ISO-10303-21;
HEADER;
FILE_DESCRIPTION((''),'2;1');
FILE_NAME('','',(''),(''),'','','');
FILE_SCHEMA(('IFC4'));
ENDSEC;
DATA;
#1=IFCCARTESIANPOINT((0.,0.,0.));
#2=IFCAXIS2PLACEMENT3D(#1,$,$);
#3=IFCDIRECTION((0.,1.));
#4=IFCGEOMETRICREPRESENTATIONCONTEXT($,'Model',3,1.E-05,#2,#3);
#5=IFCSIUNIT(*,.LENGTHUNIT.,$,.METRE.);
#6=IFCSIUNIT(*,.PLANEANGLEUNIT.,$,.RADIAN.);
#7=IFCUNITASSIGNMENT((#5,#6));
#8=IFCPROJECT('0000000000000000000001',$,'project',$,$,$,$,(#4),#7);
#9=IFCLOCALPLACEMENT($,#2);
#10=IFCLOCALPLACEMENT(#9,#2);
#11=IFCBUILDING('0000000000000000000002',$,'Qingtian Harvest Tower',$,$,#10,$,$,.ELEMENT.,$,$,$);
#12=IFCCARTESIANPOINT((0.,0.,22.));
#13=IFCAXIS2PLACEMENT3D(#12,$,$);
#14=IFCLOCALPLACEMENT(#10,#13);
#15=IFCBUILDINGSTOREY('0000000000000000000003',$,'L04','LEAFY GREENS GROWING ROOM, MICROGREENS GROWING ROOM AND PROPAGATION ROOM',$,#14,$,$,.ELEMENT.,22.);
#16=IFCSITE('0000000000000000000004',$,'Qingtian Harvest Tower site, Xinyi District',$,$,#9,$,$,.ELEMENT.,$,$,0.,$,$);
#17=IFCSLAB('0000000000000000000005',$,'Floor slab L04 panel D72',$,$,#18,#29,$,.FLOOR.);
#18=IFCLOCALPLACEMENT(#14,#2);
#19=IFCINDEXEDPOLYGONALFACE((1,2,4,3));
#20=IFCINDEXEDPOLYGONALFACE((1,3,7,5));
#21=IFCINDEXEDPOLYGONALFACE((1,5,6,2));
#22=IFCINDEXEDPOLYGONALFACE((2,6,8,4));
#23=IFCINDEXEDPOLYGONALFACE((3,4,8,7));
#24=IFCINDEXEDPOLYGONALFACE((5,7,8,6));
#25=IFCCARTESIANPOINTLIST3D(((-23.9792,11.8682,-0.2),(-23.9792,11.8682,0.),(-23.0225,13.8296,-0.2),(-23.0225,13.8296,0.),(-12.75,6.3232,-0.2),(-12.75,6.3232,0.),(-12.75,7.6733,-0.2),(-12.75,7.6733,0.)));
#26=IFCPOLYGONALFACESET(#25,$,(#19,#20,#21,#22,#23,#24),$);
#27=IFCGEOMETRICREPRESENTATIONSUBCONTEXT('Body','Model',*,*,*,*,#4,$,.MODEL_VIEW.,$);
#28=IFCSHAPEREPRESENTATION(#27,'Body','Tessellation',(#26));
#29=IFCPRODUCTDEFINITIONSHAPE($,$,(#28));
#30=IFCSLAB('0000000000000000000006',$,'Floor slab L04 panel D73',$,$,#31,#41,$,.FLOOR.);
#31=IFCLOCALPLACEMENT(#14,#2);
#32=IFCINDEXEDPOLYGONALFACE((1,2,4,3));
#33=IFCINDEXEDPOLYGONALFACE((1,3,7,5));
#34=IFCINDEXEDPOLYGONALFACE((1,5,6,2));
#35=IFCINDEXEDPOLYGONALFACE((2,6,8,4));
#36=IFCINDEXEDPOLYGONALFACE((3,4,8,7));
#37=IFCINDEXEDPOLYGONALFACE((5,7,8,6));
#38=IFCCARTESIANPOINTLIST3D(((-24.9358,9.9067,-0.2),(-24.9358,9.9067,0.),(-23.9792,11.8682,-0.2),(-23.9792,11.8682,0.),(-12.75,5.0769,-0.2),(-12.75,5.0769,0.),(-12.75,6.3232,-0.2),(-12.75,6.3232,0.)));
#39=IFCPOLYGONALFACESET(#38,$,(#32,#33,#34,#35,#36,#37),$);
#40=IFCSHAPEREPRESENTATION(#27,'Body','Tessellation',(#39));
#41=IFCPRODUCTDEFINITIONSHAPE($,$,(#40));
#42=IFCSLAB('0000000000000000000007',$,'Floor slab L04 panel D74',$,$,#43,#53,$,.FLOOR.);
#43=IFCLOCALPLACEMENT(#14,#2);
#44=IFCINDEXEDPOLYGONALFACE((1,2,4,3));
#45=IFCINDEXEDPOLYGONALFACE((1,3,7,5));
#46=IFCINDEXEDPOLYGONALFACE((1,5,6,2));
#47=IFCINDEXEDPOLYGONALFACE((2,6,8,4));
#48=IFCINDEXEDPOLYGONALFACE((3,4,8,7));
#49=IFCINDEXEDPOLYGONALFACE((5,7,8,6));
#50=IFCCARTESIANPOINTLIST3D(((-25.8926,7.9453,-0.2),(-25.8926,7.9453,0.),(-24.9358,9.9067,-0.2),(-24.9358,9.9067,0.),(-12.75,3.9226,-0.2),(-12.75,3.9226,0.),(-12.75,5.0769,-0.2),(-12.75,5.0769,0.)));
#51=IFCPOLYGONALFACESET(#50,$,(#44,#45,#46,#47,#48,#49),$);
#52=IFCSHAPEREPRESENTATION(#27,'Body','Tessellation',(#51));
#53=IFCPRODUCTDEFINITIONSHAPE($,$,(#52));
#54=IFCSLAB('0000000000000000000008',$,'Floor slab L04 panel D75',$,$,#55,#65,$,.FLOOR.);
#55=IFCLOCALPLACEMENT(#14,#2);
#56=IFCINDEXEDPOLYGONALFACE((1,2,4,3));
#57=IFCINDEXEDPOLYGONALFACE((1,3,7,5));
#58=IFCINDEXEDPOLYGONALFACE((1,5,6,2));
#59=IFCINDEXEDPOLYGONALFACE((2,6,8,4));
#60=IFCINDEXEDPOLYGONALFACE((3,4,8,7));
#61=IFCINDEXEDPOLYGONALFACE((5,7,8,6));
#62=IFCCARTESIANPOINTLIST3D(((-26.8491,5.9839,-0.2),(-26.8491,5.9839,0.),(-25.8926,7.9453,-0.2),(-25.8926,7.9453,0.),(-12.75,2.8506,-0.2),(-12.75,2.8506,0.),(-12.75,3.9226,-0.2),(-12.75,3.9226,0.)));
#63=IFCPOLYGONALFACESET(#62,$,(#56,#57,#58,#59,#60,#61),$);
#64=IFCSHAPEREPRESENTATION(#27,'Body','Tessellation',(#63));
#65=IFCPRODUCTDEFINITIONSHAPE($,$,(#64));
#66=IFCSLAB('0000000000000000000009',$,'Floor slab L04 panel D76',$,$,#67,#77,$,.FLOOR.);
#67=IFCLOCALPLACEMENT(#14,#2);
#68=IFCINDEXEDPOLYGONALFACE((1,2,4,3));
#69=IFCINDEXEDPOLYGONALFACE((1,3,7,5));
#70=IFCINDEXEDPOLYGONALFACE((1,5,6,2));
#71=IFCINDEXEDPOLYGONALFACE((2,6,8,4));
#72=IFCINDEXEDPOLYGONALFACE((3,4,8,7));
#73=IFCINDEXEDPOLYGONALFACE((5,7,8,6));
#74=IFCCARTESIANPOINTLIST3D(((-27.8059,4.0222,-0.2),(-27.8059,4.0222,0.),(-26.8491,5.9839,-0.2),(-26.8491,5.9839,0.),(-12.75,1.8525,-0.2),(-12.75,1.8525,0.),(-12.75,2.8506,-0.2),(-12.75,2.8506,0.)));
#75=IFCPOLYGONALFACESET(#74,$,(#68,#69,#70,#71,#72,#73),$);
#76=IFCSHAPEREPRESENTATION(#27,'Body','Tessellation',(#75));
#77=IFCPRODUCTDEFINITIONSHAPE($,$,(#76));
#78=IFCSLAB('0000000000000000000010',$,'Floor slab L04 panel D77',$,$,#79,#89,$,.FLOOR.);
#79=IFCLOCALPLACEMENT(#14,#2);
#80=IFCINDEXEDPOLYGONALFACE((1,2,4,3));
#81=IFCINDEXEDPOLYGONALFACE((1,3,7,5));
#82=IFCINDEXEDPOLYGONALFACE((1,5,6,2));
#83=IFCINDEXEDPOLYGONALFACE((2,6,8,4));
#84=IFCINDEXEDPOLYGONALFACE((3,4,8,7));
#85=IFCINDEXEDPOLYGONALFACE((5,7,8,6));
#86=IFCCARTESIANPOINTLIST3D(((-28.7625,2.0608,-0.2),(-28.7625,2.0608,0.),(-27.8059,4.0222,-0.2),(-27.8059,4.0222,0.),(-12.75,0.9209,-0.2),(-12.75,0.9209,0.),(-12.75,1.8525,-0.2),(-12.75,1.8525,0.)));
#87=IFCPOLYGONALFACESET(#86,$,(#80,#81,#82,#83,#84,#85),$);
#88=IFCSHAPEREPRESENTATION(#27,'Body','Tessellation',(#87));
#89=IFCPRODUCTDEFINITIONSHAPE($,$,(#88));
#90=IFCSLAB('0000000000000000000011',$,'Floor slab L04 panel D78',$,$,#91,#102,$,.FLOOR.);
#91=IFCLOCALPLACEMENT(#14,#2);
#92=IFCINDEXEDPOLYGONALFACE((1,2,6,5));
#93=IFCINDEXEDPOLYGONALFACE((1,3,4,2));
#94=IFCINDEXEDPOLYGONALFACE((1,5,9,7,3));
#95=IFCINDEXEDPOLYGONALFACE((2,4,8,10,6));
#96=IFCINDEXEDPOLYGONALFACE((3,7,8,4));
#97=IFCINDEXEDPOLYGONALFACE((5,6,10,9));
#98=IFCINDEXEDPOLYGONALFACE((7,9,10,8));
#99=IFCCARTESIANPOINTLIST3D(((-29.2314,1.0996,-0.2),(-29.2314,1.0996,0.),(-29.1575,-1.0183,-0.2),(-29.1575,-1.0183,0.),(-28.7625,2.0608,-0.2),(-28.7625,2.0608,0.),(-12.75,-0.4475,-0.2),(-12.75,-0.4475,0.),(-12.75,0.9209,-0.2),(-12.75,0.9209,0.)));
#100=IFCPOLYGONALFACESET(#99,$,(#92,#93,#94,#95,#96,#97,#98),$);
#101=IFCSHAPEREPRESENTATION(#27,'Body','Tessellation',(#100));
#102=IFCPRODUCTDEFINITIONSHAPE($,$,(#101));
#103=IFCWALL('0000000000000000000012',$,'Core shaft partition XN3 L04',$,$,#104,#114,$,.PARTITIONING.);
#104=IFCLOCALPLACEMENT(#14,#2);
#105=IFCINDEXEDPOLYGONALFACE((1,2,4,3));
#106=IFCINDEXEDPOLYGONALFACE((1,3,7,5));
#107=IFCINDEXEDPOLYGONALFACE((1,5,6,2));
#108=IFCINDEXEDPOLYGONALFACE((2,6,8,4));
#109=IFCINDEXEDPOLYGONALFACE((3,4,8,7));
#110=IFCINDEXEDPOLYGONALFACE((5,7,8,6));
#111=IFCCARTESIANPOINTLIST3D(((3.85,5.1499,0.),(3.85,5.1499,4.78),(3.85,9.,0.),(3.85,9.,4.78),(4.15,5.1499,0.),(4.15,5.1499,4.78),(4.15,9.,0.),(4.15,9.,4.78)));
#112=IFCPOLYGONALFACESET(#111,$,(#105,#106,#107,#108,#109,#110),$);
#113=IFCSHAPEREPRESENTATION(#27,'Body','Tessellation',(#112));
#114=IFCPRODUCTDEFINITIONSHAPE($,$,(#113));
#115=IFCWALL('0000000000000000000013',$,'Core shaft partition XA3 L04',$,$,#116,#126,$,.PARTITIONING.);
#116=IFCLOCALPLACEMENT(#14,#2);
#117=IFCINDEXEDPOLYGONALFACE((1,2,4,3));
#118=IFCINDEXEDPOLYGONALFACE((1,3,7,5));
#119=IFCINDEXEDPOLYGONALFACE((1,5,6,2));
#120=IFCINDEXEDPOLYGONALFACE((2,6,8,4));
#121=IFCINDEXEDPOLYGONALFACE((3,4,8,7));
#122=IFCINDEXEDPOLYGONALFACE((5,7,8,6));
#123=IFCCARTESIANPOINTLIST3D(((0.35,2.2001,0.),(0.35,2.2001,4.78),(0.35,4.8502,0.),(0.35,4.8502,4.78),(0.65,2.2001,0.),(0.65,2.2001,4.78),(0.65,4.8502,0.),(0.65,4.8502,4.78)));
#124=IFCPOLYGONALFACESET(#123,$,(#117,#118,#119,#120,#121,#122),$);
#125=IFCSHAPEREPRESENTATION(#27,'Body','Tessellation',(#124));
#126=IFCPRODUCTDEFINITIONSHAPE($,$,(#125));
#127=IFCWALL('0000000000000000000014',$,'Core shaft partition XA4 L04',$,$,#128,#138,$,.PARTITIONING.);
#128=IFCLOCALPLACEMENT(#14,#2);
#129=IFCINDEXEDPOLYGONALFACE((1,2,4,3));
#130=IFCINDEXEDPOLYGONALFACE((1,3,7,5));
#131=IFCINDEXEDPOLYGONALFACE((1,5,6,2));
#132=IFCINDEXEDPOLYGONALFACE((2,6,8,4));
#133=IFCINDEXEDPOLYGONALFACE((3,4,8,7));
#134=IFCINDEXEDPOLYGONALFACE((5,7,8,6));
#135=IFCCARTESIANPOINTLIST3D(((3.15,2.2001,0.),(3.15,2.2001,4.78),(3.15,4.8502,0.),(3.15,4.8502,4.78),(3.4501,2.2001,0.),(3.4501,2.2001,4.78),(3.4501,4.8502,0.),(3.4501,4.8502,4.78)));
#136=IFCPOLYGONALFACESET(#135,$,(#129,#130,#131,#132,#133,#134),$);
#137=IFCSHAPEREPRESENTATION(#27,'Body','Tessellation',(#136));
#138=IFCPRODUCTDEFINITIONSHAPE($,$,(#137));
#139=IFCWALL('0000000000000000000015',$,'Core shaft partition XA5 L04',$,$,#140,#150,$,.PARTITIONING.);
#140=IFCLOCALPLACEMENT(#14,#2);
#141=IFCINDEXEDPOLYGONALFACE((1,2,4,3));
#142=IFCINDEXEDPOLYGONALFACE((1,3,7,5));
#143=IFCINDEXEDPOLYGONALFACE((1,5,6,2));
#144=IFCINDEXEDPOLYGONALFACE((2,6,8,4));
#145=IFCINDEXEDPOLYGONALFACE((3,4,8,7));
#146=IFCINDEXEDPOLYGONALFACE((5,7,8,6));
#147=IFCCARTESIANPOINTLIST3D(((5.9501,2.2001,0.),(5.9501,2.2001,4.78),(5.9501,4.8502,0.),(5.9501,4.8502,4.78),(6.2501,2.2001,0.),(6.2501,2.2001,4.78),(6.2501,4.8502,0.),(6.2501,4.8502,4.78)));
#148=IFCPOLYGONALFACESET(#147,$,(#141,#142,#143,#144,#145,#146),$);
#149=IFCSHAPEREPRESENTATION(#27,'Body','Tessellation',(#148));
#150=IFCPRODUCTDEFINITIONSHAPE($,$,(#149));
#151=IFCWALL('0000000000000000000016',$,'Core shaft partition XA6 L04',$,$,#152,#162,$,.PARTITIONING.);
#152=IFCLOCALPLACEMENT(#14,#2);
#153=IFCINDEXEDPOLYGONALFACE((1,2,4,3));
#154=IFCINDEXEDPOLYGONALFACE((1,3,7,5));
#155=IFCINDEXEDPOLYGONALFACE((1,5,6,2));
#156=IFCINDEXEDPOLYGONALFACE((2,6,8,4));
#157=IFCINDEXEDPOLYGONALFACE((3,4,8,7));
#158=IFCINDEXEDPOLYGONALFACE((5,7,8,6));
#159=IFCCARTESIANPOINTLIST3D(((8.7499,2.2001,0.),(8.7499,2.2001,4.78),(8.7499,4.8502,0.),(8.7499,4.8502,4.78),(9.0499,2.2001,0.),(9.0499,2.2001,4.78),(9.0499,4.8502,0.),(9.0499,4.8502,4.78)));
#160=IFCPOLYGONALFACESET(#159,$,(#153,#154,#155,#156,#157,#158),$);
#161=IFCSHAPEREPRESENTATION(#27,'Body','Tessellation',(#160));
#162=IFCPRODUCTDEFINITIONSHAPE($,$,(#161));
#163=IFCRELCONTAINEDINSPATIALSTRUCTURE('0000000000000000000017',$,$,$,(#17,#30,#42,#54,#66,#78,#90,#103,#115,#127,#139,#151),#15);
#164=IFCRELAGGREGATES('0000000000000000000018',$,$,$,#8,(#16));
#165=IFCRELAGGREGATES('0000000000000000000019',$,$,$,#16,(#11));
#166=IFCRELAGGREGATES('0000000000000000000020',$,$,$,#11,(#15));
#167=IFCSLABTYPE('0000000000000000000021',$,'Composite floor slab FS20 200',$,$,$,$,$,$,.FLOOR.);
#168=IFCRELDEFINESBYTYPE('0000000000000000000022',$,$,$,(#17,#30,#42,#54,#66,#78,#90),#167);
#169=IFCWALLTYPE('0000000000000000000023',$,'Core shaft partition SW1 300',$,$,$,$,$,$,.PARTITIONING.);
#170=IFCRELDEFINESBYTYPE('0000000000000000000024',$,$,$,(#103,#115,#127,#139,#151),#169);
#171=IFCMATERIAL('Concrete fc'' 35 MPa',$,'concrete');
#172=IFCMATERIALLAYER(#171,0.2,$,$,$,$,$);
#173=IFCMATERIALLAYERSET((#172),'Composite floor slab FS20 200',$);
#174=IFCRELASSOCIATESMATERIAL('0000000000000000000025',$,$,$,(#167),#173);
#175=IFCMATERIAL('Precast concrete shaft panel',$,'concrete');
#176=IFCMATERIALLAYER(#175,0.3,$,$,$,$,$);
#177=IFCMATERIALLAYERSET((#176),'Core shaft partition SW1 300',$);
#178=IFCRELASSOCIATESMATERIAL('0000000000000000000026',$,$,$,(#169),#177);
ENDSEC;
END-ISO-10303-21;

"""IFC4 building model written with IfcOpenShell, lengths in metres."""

from ifc_helpers import new_model, si_unit, direction, frame, frame_2d, origin, place, context, subcontext, project, spatial, polyline, rectangle, outline, extrude, material, layer, layer_set, type_object, element, save


model = new_model("IFC4")

# Units and contexts
model_context = context("Model", 3, precision=1e-05, world=origin(), true_north=direction((0.0, 1.0)))
body_context = subcontext(model_context, "Body", "Model", "MODEL_VIEW")
ifc_project = project(units=[si_unit("LENGTHUNIT", "METRE"), si_unit("PLANEANGLEUNIT", "RADIAN")], contexts=[model_context])

# Site, building, storey
site_placement = place(None, origin())
site = spatial("IfcSite", under=ifc_project, at=site_placement, Name="Qingtian Harvest Tower site, Xinyi District", CompositionType="ELEMENT", RefElevation=0.0)
building_placement = place(site_placement, origin())
building = spatial("IfcBuilding", under=site, at=building_placement, Name="Qingtian Harvest Tower", CompositionType="ELEMENT")
storey_placement = place(building_placement, frame((0.0, 0.0, 22.0)))
storey = spatial("IfcBuildingStorey", under=building, at=storey_placement, Name="L04", Description="LEAFY GREENS GROWING ROOM, MICROGREENS GROWING ROOM AND PROPAGATION ROOM", CompositionType="ELEMENT", Elevation=22.0)

# Slabs
ifc_material_1 = material(Name="Concrete fc' 35 MPa", Category="concrete")
ifc_layer_1 = layer(ifc_material_1, 0.2)
ifc_layer_set_1 = layer_set([ifc_layer_1], Name="Composite floor slab FS20 200")
slab_type = type_object("IfcSlabType", Name="Composite floor slab FS20 200", PredefinedType="FLOOR", material=ifc_layer_set_1)
slab_1_placement = place(storey_placement, frame((0.0, 0.0, -0.2)))
element("IfcSlab", 1, at=slab_1_placement, inside=storey, type_object=slab_type, Name="Floor slab L04 panel D72", PredefinedType="FLOOR", context=body_context, shape_type="SweptSolid", body=[
    extrude(outline(polyline([(-12.75, 6.3232), (-23.9792, 11.8682), (-23.0225, 13.8296), (-12.75, 7.6733), (-12.75, 6.3232)])), origin(), (0.0, 0.0, 1.0), 0.2),
])
slab_2_placement = place(storey_placement, frame((0.0, 0.0, -0.2)))
element("IfcSlab", 2, at=slab_2_placement, inside=storey, type_object=slab_type, Name="Floor slab L04 panel D73", PredefinedType="FLOOR", context=body_context, shape_type="SweptSolid", body=[
    extrude(outline(polyline([(-12.75, 5.0769), (-24.9358, 9.9067), (-23.9792, 11.8682), (-12.75, 6.3232), (-12.75, 5.0769)])), origin(), (0.0, 0.0, 1.0), 0.2),
])
slab_3_placement = place(storey_placement, frame((0.0, 0.0, -0.2)))
element("IfcSlab", 3, at=slab_3_placement, inside=storey, type_object=slab_type, Name="Floor slab L04 panel D74", PredefinedType="FLOOR", context=body_context, shape_type="SweptSolid", body=[
    extrude(outline(polyline([(-12.75, 3.9226), (-25.8926, 7.9453), (-24.9358, 9.9067), (-12.75, 5.0769), (-12.75, 3.9226)])), origin(), (0.0, 0.0, 1.0), 0.2),
])
slab_4_placement = place(storey_placement, frame((0.0, 0.0, -0.2)))
element("IfcSlab", 4, at=slab_4_placement, inside=storey, type_object=slab_type, Name="Floor slab L04 panel D75", PredefinedType="FLOOR", context=body_context, shape_type="SweptSolid", body=[
    extrude(outline(polyline([(-12.75, 2.8506), (-26.8491, 5.9839), (-25.8926, 7.9453), (-12.75, 3.9226), (-12.75, 2.8506)])), origin(), (0.0, 0.0, 1.0), 0.2),
])
slab_5_placement = place(storey_placement, frame((0.0, 0.0, -0.2)))
element("IfcSlab", 5, at=slab_5_placement, inside=storey, type_object=slab_type, Name="Floor slab L04 panel D76", PredefinedType="FLOOR", context=body_context, shape_type="SweptSolid", body=[
    extrude(outline(polyline([(-12.75, 1.8525), (-27.8059, 4.0222), (-26.8491, 5.9839), (-12.75, 2.8506), (-12.75, 1.8525)])), origin(), (0.0, 0.0, 1.0), 0.2),
])
slab_6_placement = place(storey_placement, frame((0.0, 0.0, -0.2)))
element("IfcSlab", 6, at=slab_6_placement, inside=storey, type_object=slab_type, Name="Floor slab L04 panel D77", PredefinedType="FLOOR", context=body_context, shape_type="SweptSolid", body=[
    extrude(outline(polyline([(-12.75, 0.9209), (-28.7625, 2.0608), (-27.8059, 4.0222), (-12.75, 1.8525), (-12.75, 0.9209)])), origin(), (0.0, 0.0, 1.0), 0.2),
])
slab_7_placement = place(storey_placement, frame((0.0, 0.0, -0.2)))
element("IfcSlab", 7, at=slab_7_placement, inside=storey, type_object=slab_type, Name="Floor slab L04 panel D78", PredefinedType="FLOOR", context=body_context, shape_type="SweptSolid", body=[
    extrude(outline(polyline([(-12.75, 0.9209), (-12.75, -0.4475), (-29.1575, -1.0183), (-29.2314, 1.0996), (-28.7625, 2.0608), (-12.75, 0.9209)])), origin(), (0.0, 0.0, 1.0), 0.2),
])

# Shared definitions
ifc_material_2 = material(Name="Precast concrete shaft panel", Category="concrete")
ifc_layer_2 = layer(ifc_material_2, 0.3)
ifc_layer_set_2 = layer_set([ifc_layer_2], Name="Core shaft partition SW1 300")
wall_type_1 = type_object("IfcWallType", Name="Core shaft partition SW1 300", PredefinedType="PARTITIONING", material=ifc_layer_set_2)

# Walls
wall_1_placement = place(storey_placement, frame((4.0, 5.1499, 0.0), z_axis=(0.0, 0.0, 1.0), x_axis=(0.0, 1.0, 0.0)))
element("IfcWall", 8, at=wall_1_placement, inside=storey, type_object=wall_type_1, Name="Core shaft partition XN3 L04", PredefinedType="PARTITIONING", context=body_context, shape_type="SweptSolid", body=[
    extrude(rectangle(XDim=3.8501, YDim=0.3, at=frame_2d((1.925, 0.0))), origin(), (0.0, 0.0, 1.0), 4.78),
])
for number, where, z_axis, x_axis, name in (
    (9, (0.5, 2.2, 0.0), (0.0, 0.0, 1.0), (0.0, 1.0, 0.0), "Core shaft partition XA3 L04"),
    (10, (3.3, 2.2, 0.0), (0.0, 0.0, 1.0), (0.0, 1.0, 0.0), "Core shaft partition XA4 L04"),
    (11, (6.1001, 2.2, 0.0), (0.0, 0.0, 1.0), (0.0, 1.0, 0.0), "Core shaft partition XA5 L04"),
    (12, (8.8999, 2.2, 0.0), (0.0, 0.0, 1.0), (0.0, 1.0, 0.0), "Core shaft partition XA6 L04"),
):
    element("IfcWall", number, at=place(storey_placement, frame(where, z_axis=z_axis, x_axis=x_axis)), inside=storey, type_object=wall_type_1, Name=name, PredefinedType="PARTITIONING", context=body_context, shape_type="SweptSolid", body=[
        extrude(rectangle(XDim=2.6501, YDim=0.3, at=frame_2d((1.3252, 0.0))), origin(), (0.0, 0.0, 1.0), 4.78),
    ])

save(model, "model.ifc")
